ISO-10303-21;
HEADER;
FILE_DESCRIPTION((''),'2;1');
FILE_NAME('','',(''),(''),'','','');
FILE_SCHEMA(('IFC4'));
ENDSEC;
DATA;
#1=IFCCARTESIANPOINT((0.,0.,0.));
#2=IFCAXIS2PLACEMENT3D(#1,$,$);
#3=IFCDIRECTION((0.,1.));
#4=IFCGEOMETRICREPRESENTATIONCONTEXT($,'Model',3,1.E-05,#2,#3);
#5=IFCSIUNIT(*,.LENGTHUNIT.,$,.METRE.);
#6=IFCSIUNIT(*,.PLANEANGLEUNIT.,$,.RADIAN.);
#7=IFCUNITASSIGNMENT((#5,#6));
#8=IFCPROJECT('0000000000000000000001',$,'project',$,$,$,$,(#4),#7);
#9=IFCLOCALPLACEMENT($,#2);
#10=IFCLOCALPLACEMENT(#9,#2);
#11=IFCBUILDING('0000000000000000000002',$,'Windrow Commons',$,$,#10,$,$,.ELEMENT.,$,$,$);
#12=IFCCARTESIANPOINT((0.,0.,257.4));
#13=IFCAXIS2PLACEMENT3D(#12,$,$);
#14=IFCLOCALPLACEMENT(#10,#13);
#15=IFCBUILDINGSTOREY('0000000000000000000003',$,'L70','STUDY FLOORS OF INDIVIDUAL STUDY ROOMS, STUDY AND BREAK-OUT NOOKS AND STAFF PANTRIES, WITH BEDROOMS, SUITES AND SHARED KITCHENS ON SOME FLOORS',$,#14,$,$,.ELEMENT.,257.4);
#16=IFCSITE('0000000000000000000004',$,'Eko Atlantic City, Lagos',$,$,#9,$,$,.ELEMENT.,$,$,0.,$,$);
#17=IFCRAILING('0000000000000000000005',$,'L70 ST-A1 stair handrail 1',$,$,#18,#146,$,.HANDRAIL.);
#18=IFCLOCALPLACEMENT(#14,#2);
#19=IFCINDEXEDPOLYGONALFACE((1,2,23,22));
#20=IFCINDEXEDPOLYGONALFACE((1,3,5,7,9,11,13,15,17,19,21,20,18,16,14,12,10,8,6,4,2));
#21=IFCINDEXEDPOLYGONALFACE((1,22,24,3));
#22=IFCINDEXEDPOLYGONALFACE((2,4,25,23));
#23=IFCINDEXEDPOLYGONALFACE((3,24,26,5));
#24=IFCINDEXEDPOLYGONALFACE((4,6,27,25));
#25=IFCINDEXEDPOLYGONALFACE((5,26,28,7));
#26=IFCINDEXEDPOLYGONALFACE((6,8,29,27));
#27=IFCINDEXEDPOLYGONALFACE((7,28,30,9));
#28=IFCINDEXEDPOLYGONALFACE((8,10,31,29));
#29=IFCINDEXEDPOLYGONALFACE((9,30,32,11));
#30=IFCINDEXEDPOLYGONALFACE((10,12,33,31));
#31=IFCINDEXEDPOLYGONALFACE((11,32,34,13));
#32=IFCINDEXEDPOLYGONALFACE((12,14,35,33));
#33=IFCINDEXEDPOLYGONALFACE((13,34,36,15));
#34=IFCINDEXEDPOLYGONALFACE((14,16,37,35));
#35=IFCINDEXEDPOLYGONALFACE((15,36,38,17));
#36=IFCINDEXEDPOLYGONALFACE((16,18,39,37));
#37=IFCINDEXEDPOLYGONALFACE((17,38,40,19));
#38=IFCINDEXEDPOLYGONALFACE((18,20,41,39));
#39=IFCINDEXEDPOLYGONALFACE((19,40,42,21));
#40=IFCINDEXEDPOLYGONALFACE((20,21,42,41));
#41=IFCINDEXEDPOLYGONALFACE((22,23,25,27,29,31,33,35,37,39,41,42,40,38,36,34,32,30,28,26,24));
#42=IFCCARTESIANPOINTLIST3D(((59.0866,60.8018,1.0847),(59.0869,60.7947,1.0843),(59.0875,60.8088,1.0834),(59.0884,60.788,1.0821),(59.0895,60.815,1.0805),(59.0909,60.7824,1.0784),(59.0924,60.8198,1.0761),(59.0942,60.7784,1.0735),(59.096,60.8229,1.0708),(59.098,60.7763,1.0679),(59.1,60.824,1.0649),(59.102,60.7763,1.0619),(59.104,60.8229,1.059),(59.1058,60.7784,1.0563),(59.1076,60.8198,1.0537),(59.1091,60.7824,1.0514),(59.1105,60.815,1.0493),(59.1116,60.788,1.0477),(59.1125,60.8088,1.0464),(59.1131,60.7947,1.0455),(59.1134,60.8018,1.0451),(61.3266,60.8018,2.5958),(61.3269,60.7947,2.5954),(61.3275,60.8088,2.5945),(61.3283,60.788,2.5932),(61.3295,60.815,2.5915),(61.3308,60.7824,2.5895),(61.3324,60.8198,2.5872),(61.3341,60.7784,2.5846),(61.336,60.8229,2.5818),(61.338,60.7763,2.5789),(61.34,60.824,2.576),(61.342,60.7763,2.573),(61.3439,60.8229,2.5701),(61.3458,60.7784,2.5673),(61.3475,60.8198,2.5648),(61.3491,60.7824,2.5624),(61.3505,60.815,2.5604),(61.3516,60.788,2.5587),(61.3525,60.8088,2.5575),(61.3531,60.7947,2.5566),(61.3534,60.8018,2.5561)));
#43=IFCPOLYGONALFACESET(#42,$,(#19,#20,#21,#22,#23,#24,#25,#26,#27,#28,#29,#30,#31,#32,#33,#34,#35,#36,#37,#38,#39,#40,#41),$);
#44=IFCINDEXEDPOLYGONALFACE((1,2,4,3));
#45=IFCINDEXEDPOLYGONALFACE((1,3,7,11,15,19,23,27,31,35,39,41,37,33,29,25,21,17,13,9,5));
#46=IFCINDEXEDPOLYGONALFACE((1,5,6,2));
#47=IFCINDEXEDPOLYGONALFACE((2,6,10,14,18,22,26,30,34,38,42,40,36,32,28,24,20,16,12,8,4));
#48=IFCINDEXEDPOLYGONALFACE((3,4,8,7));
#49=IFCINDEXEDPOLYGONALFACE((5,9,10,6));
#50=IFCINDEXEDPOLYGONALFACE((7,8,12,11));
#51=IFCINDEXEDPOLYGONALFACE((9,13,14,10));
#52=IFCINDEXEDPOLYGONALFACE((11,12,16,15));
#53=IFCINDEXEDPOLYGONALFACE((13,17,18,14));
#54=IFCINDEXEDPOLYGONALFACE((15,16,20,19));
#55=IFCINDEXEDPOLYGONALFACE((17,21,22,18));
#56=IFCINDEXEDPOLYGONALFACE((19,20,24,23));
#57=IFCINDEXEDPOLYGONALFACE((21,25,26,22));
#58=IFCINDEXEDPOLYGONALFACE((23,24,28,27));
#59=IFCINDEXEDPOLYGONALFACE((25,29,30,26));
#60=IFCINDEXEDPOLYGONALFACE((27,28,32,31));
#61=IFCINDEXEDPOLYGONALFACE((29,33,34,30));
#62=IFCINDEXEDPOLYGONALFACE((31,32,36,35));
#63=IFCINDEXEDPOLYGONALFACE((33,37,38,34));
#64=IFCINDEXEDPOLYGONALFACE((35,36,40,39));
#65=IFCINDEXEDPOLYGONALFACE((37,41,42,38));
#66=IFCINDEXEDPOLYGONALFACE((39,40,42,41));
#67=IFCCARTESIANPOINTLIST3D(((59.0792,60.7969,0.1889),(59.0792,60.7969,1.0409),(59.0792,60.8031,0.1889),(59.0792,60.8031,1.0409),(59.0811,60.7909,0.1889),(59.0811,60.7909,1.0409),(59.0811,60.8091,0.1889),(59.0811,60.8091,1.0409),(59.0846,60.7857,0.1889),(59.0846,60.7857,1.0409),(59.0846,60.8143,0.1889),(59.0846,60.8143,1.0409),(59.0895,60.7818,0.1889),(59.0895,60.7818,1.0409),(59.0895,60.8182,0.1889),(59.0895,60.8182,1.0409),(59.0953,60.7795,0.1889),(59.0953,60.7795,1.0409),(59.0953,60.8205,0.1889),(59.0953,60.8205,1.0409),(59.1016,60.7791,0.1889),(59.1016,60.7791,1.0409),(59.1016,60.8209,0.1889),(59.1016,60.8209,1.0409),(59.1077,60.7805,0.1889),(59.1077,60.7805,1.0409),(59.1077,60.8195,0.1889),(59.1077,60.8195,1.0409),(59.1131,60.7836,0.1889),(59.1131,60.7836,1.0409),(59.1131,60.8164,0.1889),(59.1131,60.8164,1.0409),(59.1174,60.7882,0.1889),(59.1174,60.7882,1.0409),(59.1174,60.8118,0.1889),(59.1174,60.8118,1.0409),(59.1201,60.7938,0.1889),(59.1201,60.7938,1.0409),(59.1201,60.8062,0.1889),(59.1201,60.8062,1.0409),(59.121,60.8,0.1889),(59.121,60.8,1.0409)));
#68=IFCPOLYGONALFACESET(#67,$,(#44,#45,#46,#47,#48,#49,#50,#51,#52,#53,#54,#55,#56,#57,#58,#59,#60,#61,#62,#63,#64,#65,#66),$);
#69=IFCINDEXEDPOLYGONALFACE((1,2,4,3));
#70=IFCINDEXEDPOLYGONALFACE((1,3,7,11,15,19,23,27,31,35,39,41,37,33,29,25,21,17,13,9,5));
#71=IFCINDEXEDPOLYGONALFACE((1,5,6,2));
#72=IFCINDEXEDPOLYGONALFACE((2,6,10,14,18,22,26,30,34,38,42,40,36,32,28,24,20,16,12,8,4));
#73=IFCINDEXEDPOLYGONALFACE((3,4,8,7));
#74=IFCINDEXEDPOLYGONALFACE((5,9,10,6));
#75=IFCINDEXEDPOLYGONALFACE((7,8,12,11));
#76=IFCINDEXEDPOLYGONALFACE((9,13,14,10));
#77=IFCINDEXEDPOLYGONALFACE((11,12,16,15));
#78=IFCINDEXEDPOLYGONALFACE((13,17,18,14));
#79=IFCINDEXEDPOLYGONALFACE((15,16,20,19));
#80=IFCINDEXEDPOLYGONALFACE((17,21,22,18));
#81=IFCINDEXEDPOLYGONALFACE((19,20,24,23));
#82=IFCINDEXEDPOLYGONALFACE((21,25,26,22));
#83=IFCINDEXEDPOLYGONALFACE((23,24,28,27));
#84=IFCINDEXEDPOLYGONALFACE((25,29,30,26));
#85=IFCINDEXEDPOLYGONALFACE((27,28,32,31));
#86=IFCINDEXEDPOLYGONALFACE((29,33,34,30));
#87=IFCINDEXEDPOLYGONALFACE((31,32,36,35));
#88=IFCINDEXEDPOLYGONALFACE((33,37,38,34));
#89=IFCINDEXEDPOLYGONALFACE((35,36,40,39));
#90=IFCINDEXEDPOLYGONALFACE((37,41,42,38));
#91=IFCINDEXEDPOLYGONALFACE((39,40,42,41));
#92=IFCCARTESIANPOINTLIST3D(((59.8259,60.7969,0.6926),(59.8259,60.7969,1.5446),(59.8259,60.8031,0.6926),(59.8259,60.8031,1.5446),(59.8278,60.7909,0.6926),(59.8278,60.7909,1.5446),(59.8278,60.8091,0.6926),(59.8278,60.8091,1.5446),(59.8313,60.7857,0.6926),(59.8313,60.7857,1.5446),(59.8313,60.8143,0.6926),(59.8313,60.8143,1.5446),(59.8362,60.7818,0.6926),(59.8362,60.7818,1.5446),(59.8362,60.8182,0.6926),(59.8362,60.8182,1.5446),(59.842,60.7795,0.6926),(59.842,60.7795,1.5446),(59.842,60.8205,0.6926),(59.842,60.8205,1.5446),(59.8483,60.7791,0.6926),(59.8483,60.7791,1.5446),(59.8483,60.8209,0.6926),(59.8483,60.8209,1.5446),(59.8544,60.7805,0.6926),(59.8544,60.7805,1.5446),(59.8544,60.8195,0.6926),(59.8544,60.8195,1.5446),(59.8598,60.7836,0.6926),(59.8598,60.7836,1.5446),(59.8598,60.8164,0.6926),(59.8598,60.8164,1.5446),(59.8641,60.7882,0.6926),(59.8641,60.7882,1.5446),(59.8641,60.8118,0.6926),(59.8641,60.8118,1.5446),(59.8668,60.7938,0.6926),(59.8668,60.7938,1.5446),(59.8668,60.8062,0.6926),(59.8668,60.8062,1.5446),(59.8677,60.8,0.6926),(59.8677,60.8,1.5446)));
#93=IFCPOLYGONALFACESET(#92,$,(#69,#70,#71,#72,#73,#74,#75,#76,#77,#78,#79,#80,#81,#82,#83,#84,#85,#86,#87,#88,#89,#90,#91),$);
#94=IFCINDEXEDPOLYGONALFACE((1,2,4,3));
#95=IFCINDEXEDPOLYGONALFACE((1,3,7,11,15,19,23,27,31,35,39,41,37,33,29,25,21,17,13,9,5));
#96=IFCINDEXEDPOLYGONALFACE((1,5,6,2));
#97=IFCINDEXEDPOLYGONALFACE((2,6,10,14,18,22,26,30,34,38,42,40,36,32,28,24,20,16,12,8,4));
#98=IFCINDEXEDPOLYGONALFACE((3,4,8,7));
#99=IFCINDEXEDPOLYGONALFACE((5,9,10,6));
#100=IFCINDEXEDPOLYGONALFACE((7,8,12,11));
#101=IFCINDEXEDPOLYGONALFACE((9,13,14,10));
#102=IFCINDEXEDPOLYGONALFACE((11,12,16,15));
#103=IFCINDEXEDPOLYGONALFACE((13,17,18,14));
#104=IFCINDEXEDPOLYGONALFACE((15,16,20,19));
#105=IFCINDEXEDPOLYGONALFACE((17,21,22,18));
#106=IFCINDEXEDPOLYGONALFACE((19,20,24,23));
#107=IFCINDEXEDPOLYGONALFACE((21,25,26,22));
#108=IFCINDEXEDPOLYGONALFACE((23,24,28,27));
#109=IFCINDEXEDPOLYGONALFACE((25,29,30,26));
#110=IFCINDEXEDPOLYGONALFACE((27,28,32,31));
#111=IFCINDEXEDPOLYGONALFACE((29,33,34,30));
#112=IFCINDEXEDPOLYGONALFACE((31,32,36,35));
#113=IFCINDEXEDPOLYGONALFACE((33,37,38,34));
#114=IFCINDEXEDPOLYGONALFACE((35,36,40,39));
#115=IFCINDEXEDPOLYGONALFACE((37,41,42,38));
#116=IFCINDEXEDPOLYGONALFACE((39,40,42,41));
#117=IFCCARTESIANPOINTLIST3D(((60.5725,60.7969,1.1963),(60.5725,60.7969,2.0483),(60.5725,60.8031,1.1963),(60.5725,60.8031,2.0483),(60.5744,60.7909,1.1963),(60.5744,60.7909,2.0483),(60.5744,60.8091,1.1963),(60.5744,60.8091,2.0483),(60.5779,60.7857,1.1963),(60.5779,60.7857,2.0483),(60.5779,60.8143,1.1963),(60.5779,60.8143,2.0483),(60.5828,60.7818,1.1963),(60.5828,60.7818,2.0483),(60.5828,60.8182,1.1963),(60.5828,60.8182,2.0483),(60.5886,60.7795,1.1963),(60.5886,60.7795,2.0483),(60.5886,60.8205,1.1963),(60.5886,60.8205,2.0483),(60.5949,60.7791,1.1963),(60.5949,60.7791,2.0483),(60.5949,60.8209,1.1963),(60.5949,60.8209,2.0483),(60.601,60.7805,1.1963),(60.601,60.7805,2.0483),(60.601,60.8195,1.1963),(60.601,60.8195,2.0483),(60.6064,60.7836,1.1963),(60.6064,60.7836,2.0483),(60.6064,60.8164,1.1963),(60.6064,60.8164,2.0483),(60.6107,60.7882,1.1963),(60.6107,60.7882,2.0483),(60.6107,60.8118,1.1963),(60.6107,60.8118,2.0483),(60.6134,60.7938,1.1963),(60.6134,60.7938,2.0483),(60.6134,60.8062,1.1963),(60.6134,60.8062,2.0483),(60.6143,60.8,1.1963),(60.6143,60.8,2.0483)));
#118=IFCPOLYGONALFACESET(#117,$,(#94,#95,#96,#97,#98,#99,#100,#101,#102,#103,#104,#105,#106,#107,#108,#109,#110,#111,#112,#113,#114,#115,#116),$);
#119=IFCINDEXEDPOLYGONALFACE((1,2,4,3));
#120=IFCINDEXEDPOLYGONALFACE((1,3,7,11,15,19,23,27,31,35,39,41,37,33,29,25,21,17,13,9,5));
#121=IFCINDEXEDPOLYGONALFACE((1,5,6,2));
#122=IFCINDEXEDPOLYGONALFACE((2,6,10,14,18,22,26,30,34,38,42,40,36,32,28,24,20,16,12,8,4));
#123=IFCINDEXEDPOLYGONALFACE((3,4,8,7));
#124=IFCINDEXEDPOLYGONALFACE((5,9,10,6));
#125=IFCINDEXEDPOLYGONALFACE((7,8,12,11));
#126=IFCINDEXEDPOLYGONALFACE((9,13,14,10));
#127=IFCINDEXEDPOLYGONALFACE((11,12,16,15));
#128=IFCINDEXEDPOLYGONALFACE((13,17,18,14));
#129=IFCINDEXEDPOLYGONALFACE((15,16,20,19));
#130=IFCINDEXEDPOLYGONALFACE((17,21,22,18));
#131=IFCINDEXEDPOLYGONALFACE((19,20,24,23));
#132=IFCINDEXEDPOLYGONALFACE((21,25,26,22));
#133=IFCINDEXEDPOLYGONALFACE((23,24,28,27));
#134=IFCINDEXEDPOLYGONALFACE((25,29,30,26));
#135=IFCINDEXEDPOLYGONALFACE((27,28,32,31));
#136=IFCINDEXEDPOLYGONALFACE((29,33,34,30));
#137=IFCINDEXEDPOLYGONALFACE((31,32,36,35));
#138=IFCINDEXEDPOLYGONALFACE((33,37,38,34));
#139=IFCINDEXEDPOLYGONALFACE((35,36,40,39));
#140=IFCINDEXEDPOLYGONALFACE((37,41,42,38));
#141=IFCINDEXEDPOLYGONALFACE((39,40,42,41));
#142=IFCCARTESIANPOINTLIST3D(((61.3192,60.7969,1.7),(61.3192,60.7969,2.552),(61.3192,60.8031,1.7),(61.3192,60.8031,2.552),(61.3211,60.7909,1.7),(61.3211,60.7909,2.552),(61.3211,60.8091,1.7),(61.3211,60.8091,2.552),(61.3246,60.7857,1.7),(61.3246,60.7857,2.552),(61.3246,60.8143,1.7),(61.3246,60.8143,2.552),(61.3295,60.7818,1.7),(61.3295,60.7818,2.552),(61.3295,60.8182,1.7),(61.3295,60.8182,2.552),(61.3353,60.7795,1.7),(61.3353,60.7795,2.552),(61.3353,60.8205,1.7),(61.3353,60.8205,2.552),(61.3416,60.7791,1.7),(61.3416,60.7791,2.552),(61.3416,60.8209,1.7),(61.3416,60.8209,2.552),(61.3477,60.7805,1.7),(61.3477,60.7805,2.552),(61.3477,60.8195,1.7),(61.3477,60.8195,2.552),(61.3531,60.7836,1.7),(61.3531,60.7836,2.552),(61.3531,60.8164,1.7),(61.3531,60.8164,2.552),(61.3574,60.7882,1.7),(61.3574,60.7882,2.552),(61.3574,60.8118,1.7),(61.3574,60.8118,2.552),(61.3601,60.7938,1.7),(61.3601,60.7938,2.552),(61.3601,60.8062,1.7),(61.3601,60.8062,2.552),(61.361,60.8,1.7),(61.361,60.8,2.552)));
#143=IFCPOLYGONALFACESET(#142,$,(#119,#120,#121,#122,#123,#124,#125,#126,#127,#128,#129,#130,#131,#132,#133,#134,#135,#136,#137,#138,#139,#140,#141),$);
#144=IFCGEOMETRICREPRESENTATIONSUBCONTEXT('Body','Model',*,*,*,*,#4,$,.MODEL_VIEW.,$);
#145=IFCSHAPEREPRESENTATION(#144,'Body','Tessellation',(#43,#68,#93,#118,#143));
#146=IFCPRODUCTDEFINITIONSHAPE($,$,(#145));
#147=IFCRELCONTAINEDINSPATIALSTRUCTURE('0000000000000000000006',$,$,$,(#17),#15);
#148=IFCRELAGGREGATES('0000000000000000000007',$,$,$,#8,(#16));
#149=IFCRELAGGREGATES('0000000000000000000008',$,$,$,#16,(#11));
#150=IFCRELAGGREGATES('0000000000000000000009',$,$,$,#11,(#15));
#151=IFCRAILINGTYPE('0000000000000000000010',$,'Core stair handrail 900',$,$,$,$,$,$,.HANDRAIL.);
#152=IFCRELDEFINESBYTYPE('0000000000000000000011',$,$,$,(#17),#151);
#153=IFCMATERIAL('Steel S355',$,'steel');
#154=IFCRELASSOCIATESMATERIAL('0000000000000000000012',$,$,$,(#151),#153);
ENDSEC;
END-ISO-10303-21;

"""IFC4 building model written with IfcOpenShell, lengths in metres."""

from ifc_helpers import new_model, si_unit, direction, frame, origin, origin_2d, place, context, subcontext, project, spatial, circle, extrude, material, type_object, element, save


model = new_model("IFC4")

# Units and contexts
model_context = context("Model", 3, precision=1e-05, world=origin(), true_north=direction((0.0, 1.0)))
body_context = subcontext(model_context, "Body", "Model", "MODEL_VIEW")
ifc_project = project(units=[si_unit("LENGTHUNIT", "METRE"), si_unit("PLANEANGLEUNIT", "RADIAN")], contexts=[model_context])

# Site, building, storey
site_placement = place(None, origin())
site = spatial("IfcSite", under=ifc_project, at=site_placement, Name="Eko Atlantic City, Lagos", CompositionType="ELEMENT", RefElevation=0.0)
building_placement = place(site_placement, origin())
building = spatial("IfcBuilding", under=site, at=building_placement, Name="Windrow Commons", CompositionType="ELEMENT")
storey_placement = place(building_placement, frame((0.0, 0.0, 257.4)))
storey = spatial("IfcBuildingStorey", under=building, at=storey_placement, Name="L70", Description="STUDY FLOORS OF INDIVIDUAL STUDY ROOMS, STUDY AND BREAK-OUT NOOKS AND STAFF PANTRIES, WITH BEDROOMS, SUITES AND SHARED KITCHENS ON SOME FLOORS", CompositionType="ELEMENT", Elevation=257.4)

# Railing
ifc_material_1 = material(Name="Steel S355", Category="steel")
railing_type_1 = type_object("IfcRailingType", Name="Core stair handrail 900", PredefinedType="HANDRAIL", material=ifc_material_1)
for number, where, name in (
    (1, (59.1, 60.8, 0.1889), "L70 ST-A1 stair handrail 1"),
):
    element("IfcRailing", number, at=place(storey_placement, frame(where)), inside=storey, type_object=railing_type_1, Name=name, PredefinedType="HANDRAIL", context=body_context, shape_type="SweptSolid", body=[
        extrude(circle(Radius=0.024, at=origin_2d()), frame((0.0, 0.0, 0.876), z_axis=(0.829003, 0.0, 0.559244), x_axis=(0.0, 1.0, 0.0)), (0.0, 0.0, 1.0), 2.702),
        extrude(circle(Radius=0.021, at=origin_2d()), origin(), (0.0, 0.0, 1.0), 0.852),
        extrude(circle(Radius=0.021, at=origin_2d()), frame((0.7467, 0.0, 0.5037)), (0.0, 0.0, 1.0), 0.852),
        extrude(circle(Radius=0.021, at=origin_2d()), frame((1.4933, 0.0, 1.0074)), (0.0, 0.0, 1.0), 0.852),
        extrude(circle(Radius=0.021, at=origin_2d()), frame((2.24, 0.0, 1.5111)), (0.0, 0.0, 1.0), 0.852),
    ])

save(model, "model.ifc")
